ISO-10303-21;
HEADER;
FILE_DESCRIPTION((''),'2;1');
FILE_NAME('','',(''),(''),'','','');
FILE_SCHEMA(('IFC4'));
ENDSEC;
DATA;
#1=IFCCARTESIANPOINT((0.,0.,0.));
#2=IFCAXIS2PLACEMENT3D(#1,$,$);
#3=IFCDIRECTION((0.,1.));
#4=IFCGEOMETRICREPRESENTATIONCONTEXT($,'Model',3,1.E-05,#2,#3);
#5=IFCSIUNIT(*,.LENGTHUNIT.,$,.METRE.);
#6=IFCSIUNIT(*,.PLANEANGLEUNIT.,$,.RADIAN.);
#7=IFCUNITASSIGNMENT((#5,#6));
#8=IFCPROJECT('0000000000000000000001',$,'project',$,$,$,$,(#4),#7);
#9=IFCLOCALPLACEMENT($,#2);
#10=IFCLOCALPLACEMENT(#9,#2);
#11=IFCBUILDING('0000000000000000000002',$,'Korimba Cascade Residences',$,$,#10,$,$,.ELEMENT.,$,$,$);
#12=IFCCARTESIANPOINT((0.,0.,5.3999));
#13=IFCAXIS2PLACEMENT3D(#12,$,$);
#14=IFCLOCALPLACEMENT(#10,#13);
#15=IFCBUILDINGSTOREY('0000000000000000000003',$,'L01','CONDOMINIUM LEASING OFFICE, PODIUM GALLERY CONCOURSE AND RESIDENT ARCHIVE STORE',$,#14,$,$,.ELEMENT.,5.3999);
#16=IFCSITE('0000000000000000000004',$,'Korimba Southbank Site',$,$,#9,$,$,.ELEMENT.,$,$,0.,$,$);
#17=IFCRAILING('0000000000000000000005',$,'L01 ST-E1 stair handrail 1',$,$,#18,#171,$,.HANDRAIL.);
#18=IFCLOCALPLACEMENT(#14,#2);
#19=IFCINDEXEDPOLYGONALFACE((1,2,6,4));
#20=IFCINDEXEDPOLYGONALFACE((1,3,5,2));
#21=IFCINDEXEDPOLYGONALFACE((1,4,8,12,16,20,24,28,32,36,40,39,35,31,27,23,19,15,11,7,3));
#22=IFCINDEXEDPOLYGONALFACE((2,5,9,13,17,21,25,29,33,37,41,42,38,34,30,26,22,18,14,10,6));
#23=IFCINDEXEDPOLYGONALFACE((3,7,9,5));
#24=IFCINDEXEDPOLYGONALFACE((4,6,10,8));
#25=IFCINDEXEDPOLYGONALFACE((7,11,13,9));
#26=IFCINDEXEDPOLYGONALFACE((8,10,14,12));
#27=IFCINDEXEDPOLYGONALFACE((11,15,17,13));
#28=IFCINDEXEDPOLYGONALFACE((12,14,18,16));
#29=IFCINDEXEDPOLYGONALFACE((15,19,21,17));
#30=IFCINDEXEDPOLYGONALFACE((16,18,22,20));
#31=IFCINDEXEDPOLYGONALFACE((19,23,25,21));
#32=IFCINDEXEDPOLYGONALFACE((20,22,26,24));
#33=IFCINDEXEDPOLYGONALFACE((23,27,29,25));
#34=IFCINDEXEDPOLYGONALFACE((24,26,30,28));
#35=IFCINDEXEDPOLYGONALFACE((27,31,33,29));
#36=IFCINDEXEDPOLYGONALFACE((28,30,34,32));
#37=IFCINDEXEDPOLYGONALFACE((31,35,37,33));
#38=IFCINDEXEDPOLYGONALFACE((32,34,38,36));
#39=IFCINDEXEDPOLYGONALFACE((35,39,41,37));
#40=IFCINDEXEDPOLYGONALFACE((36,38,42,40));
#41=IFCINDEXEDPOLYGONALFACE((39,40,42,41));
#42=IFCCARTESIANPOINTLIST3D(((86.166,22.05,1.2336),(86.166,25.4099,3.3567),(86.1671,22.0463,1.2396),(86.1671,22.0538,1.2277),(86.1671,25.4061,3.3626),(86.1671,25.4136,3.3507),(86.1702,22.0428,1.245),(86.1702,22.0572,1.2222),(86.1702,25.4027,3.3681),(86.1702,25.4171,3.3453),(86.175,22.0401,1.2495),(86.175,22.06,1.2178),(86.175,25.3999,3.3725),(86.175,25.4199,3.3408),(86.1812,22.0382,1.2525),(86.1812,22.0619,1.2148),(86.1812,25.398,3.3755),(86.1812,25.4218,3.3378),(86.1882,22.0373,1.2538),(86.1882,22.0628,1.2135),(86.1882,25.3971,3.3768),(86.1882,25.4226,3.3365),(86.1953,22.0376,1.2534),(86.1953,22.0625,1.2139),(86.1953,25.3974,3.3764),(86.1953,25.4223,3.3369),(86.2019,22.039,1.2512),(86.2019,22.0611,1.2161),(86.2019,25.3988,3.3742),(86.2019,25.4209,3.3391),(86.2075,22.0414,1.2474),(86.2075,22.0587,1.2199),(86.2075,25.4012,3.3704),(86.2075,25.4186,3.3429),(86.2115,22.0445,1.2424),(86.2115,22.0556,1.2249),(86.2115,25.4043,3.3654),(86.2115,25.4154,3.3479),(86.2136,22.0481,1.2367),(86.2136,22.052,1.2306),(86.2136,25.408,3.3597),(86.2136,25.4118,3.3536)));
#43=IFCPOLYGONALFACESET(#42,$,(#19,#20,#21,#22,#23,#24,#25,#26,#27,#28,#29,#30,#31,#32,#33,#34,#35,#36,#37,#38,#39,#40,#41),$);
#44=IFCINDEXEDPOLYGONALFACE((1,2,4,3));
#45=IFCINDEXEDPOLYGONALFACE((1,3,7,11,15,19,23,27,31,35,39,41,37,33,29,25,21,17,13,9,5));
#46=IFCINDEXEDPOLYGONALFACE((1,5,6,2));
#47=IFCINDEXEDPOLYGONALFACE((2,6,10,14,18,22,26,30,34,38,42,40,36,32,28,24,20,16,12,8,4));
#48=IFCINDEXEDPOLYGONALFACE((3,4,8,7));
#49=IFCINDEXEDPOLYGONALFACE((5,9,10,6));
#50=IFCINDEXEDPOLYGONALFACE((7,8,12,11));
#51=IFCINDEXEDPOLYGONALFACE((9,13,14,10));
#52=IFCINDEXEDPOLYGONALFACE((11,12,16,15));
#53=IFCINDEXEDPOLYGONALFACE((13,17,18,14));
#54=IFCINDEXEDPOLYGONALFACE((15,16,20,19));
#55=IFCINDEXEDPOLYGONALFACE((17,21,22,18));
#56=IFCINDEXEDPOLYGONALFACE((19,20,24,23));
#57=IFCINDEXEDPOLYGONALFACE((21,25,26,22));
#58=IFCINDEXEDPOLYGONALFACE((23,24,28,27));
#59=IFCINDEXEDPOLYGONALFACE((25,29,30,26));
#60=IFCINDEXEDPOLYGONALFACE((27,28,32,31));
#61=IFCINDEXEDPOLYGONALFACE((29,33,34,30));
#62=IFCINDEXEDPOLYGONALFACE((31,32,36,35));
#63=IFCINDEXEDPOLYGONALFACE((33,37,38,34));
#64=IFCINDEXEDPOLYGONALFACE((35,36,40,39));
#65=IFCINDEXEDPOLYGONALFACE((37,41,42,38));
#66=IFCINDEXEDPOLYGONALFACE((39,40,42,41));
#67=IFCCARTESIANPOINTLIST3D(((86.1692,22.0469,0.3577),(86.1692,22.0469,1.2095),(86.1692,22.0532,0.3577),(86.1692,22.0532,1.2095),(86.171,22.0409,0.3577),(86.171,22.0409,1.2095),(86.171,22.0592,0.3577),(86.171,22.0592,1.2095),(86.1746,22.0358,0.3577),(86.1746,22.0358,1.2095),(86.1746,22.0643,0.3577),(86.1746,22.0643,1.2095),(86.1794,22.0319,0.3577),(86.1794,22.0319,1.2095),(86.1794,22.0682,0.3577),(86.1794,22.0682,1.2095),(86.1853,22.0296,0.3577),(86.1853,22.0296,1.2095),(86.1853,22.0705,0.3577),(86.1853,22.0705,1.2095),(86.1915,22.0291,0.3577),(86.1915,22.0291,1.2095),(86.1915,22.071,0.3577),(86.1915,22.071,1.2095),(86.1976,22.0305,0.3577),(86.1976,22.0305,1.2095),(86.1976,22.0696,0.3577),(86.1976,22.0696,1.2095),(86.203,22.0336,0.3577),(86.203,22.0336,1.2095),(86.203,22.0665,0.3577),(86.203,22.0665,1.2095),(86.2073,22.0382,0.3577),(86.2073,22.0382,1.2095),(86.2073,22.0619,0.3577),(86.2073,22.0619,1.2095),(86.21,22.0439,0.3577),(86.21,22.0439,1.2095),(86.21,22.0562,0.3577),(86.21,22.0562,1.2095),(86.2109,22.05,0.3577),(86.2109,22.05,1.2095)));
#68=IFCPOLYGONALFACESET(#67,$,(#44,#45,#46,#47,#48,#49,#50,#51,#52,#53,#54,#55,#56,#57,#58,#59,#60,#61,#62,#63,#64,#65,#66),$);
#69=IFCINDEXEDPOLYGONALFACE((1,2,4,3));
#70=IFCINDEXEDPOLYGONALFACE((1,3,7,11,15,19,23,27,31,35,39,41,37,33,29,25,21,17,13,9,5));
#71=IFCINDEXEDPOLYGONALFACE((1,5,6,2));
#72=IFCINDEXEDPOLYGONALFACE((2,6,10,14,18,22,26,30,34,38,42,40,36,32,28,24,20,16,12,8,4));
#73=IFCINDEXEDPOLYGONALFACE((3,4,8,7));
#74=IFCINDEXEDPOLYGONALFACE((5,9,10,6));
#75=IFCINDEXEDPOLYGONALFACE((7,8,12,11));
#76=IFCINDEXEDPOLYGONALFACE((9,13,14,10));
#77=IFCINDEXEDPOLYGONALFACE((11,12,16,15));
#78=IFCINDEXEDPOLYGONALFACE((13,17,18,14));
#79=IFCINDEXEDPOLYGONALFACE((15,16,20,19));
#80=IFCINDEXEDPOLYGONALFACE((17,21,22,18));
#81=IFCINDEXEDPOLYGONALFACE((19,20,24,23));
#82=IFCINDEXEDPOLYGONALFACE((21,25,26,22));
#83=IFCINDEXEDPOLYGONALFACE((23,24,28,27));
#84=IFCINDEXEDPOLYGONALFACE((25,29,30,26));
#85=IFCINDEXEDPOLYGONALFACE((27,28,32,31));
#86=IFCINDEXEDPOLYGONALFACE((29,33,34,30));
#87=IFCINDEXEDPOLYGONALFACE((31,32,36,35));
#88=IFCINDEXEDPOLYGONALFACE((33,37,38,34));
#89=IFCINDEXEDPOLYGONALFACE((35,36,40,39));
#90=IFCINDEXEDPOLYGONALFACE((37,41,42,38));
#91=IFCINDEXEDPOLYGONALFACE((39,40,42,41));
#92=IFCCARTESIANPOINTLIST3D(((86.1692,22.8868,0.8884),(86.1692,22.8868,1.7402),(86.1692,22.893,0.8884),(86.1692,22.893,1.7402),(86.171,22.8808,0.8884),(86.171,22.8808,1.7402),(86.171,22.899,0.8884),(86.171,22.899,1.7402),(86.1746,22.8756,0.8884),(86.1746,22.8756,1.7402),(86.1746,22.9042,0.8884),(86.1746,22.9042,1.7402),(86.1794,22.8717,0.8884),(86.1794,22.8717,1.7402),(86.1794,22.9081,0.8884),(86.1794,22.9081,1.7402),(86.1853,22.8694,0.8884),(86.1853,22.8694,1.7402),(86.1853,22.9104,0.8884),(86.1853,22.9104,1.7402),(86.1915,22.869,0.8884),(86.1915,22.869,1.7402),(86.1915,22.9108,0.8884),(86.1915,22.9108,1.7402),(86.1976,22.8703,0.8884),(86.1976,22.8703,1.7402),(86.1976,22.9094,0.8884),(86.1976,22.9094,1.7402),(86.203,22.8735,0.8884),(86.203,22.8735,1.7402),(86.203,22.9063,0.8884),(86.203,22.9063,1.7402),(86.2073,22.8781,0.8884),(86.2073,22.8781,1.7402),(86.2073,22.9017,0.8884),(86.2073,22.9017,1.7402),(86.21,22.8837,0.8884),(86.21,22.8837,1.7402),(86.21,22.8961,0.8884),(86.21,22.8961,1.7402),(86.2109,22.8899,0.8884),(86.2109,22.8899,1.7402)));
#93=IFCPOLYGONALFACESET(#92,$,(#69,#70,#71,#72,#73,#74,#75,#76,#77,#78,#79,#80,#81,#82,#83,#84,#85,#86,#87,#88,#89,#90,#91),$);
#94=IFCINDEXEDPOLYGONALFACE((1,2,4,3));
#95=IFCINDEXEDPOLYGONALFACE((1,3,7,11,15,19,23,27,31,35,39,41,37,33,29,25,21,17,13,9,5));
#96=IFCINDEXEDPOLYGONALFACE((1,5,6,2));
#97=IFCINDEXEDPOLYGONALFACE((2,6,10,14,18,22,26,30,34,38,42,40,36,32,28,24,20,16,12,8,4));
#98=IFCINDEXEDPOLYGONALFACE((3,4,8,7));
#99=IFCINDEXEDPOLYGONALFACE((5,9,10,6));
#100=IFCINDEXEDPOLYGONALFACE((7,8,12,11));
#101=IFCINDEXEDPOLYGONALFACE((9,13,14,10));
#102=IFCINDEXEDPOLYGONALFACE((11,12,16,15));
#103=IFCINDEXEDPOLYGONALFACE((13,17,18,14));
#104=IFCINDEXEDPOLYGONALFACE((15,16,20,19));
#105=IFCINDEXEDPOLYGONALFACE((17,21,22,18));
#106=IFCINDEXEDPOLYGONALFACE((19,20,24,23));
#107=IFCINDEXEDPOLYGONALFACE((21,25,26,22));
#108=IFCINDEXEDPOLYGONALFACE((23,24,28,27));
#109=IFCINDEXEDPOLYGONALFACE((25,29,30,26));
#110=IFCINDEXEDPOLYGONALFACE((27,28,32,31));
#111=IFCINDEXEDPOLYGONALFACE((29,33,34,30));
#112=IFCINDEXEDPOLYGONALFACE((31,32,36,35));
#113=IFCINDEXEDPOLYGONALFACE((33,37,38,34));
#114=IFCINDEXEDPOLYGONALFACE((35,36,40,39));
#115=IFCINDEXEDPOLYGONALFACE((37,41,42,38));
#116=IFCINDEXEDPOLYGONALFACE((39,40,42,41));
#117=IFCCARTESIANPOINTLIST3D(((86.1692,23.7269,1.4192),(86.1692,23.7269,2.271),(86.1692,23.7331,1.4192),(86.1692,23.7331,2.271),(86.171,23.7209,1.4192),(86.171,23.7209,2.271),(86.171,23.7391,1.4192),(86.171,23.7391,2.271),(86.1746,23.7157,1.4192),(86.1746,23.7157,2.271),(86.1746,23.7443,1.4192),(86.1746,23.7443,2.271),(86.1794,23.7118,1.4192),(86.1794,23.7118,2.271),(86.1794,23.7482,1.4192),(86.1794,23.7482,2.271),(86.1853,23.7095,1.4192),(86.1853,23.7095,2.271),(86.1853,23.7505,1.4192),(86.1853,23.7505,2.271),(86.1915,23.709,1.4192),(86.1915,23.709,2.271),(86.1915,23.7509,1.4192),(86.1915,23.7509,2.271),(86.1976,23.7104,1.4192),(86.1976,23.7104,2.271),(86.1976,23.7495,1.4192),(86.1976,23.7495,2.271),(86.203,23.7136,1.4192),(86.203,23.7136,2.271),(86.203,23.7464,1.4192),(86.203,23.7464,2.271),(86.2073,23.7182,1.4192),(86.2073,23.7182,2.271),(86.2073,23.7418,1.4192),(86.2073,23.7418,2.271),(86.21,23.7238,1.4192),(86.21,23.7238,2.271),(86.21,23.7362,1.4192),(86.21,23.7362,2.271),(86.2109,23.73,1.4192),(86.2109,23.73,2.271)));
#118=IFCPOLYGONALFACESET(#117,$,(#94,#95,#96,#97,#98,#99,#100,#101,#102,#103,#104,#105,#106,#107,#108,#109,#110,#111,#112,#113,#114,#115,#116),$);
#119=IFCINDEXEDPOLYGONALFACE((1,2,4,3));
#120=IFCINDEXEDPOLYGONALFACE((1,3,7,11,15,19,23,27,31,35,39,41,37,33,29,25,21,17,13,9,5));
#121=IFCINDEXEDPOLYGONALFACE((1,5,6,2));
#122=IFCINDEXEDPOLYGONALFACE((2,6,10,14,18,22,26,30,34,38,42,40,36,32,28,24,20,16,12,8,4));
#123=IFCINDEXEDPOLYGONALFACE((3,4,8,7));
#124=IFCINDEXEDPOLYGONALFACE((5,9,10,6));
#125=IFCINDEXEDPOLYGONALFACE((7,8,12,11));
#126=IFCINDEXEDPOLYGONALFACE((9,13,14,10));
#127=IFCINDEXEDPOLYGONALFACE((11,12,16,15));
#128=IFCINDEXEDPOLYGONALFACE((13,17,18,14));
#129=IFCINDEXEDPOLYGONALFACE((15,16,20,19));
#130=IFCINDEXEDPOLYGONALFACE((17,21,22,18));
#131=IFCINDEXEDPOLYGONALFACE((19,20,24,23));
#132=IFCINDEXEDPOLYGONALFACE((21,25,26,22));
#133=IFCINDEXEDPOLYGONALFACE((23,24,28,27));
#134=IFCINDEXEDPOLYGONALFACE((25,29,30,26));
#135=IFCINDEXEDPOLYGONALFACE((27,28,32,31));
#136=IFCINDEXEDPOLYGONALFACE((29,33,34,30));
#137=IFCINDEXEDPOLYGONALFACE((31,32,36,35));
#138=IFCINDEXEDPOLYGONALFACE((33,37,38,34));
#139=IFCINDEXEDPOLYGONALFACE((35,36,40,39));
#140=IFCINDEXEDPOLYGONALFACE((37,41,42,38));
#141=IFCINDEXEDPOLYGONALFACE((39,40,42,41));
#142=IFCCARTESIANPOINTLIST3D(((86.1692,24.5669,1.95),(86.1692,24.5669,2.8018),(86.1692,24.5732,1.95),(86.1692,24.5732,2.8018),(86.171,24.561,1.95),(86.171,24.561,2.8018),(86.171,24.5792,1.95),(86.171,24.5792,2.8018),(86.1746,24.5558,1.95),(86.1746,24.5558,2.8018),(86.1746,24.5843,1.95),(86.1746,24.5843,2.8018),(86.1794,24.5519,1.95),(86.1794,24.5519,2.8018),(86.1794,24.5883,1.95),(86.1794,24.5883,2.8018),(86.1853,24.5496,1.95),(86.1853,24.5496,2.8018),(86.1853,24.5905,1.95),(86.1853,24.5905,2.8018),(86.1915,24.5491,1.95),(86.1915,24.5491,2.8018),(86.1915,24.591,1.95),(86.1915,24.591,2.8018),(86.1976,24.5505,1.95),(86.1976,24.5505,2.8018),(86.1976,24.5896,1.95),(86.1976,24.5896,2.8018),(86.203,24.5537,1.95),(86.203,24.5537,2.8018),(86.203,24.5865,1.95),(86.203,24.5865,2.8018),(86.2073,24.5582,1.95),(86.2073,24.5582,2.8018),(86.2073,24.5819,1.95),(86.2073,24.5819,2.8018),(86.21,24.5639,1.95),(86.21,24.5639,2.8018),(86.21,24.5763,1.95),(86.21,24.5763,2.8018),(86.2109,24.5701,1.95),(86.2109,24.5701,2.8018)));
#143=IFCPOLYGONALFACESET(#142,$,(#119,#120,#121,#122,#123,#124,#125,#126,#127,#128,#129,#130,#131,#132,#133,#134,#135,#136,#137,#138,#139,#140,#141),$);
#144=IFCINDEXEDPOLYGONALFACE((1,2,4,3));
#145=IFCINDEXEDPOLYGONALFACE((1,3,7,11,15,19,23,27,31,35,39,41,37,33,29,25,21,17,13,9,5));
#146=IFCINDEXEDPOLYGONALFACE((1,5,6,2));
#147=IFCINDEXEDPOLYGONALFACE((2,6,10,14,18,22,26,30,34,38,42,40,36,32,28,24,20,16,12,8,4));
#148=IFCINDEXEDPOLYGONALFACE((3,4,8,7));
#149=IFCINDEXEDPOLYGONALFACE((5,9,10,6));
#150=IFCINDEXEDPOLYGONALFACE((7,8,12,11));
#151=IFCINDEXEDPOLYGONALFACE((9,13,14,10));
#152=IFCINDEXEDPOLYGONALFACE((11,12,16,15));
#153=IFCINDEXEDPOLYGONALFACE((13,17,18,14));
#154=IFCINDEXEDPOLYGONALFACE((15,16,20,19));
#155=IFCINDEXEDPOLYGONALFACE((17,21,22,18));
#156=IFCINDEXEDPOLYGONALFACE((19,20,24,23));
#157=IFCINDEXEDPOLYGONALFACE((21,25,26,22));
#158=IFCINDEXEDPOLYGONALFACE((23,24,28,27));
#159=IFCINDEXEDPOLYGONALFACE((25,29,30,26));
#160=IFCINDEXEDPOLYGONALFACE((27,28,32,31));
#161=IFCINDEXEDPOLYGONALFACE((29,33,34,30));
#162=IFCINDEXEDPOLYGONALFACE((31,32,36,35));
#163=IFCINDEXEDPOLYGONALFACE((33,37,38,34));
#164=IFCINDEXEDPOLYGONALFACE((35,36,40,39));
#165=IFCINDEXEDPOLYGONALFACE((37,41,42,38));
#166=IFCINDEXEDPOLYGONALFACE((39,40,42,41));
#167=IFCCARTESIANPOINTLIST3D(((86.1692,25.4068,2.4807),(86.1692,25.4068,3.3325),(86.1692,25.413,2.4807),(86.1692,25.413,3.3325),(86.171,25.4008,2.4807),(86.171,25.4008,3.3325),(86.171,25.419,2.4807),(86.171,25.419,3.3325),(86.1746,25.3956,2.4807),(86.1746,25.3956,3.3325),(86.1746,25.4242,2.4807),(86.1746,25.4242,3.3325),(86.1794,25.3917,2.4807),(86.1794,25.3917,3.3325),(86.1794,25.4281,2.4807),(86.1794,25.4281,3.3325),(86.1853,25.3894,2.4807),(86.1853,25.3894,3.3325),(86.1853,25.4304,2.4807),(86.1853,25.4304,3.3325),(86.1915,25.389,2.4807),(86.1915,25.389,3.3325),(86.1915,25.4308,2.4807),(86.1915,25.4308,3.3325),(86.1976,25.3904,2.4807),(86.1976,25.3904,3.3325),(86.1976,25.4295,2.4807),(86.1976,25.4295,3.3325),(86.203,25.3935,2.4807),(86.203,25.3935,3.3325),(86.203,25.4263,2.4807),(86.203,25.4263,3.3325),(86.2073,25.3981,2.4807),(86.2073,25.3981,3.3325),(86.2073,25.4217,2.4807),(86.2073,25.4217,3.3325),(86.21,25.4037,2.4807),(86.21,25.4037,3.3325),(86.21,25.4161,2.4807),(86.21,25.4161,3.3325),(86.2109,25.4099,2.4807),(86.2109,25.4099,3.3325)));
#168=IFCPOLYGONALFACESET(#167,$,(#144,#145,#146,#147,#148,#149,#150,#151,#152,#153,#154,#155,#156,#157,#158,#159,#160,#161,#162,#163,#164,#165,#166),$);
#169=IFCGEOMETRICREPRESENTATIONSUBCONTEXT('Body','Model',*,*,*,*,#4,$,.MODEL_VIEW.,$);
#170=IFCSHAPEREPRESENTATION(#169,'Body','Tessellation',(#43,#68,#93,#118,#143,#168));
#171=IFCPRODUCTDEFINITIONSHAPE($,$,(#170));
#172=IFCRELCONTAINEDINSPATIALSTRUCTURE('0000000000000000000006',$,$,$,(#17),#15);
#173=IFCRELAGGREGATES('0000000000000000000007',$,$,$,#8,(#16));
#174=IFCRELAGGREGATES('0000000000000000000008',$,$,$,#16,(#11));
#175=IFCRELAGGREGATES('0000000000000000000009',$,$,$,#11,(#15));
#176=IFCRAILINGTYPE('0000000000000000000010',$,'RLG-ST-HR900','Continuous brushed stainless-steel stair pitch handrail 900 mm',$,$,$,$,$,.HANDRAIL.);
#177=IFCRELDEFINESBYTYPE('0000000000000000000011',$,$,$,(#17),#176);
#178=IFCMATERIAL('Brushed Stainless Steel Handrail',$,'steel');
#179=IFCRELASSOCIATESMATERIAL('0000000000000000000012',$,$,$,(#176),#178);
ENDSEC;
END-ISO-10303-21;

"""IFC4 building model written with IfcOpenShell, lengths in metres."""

from ifc_helpers import new_model, si_unit, direction, frame, origin, origin_2d, place, context, subcontext, project, spatial, circle, extrude, material, type_object, element, save


model = new_model("IFC4")

# Units and contexts
model_context = context("Model", 3, precision=1e-05, world=origin(), true_north=direction((0.0, 1.0)))
body_context = subcontext(model_context, "Body", "Model", "MODEL_VIEW")
ifc_project = project(units=[si_unit("LENGTHUNIT", "METRE"), si_unit("PLANEANGLEUNIT", "RADIAN")], contexts=[model_context])

# Site, building, storey
site_placement = place(None, origin())
site = spatial("IfcSite", under=ifc_project, at=site_placement, Name="Korimba Southbank Site", CompositionType="ELEMENT", RefElevation=0.0)
building_placement = place(site_placement, origin())
building = spatial("IfcBuilding", under=site, at=building_placement, Name="Korimba Cascade Residences", CompositionType="ELEMENT")
storey_placement = place(building_placement, frame((0.0, 0.0, 5.3999)))
storey = spatial("IfcBuildingStorey", under=building, at=storey_placement, Name="L01", Description="CONDOMINIUM LEASING OFFICE, PODIUM GALLERY CONCOURSE AND RESIDENT ARCHIVE STORE", CompositionType="ELEMENT", Elevation=5.3999)

# Railing
ifc_material_1 = material(Name="Brushed Stainless Steel Handrail", Category="steel")
railing_type_1 = type_object("IfcRailingType", Name="RLG-ST-HR900", Description="Continuous brushed stainless-steel stair pitch handrail 900 mm", PredefinedType="HANDRAIL", material=ifc_material_1)
railing_1_placement = place(storey_placement, frame((86.1899, 22.05, 0.3577)))
element("IfcRailing", 1, at=railing_1_placement, inside=storey, type_object=railing_type_1, Name="L01 ST-E1 stair handrail 1", PredefinedType="HANDRAIL", context=body_context, shape_type="SweptSolid", body=[
    extrude(circle(Radius=0.0239, at=origin_2d()), frame((0.0, 0.0, 0.876), z_axis=(0.0, 0.845372, 0.534178), x_axis=(-1.0, 0.0, 0.0)), (0.0, 0.0, 1.0), 3.9744),
    extrude(circle(Radius=0.021, at=origin_2d()), origin(), (0.0, 0.0, 1.0), 0.8518),
    extrude(circle(Radius=0.021, at=origin_2d()), frame((0.0, 0.8398, 0.5308)), (0.0, 0.0, 1.0), 0.8518),
    extrude(circle(Radius=0.021, at=origin_2d()), frame((0.0, 1.6799, 1.0615)), (0.0, 0.0, 1.0), 0.8518),
    extrude(circle(Radius=0.021, at=origin_2d()), frame((0.0, 2.52, 1.5923)), (0.0, 0.0, 1.0), 0.8518),
    extrude(circle(Radius=0.021, at=origin_2d()), frame((0.0, 3.3599, 2.123)), (0.0, 0.0, 1.0), 0.8518),
])

save(model, "model.ifc")
